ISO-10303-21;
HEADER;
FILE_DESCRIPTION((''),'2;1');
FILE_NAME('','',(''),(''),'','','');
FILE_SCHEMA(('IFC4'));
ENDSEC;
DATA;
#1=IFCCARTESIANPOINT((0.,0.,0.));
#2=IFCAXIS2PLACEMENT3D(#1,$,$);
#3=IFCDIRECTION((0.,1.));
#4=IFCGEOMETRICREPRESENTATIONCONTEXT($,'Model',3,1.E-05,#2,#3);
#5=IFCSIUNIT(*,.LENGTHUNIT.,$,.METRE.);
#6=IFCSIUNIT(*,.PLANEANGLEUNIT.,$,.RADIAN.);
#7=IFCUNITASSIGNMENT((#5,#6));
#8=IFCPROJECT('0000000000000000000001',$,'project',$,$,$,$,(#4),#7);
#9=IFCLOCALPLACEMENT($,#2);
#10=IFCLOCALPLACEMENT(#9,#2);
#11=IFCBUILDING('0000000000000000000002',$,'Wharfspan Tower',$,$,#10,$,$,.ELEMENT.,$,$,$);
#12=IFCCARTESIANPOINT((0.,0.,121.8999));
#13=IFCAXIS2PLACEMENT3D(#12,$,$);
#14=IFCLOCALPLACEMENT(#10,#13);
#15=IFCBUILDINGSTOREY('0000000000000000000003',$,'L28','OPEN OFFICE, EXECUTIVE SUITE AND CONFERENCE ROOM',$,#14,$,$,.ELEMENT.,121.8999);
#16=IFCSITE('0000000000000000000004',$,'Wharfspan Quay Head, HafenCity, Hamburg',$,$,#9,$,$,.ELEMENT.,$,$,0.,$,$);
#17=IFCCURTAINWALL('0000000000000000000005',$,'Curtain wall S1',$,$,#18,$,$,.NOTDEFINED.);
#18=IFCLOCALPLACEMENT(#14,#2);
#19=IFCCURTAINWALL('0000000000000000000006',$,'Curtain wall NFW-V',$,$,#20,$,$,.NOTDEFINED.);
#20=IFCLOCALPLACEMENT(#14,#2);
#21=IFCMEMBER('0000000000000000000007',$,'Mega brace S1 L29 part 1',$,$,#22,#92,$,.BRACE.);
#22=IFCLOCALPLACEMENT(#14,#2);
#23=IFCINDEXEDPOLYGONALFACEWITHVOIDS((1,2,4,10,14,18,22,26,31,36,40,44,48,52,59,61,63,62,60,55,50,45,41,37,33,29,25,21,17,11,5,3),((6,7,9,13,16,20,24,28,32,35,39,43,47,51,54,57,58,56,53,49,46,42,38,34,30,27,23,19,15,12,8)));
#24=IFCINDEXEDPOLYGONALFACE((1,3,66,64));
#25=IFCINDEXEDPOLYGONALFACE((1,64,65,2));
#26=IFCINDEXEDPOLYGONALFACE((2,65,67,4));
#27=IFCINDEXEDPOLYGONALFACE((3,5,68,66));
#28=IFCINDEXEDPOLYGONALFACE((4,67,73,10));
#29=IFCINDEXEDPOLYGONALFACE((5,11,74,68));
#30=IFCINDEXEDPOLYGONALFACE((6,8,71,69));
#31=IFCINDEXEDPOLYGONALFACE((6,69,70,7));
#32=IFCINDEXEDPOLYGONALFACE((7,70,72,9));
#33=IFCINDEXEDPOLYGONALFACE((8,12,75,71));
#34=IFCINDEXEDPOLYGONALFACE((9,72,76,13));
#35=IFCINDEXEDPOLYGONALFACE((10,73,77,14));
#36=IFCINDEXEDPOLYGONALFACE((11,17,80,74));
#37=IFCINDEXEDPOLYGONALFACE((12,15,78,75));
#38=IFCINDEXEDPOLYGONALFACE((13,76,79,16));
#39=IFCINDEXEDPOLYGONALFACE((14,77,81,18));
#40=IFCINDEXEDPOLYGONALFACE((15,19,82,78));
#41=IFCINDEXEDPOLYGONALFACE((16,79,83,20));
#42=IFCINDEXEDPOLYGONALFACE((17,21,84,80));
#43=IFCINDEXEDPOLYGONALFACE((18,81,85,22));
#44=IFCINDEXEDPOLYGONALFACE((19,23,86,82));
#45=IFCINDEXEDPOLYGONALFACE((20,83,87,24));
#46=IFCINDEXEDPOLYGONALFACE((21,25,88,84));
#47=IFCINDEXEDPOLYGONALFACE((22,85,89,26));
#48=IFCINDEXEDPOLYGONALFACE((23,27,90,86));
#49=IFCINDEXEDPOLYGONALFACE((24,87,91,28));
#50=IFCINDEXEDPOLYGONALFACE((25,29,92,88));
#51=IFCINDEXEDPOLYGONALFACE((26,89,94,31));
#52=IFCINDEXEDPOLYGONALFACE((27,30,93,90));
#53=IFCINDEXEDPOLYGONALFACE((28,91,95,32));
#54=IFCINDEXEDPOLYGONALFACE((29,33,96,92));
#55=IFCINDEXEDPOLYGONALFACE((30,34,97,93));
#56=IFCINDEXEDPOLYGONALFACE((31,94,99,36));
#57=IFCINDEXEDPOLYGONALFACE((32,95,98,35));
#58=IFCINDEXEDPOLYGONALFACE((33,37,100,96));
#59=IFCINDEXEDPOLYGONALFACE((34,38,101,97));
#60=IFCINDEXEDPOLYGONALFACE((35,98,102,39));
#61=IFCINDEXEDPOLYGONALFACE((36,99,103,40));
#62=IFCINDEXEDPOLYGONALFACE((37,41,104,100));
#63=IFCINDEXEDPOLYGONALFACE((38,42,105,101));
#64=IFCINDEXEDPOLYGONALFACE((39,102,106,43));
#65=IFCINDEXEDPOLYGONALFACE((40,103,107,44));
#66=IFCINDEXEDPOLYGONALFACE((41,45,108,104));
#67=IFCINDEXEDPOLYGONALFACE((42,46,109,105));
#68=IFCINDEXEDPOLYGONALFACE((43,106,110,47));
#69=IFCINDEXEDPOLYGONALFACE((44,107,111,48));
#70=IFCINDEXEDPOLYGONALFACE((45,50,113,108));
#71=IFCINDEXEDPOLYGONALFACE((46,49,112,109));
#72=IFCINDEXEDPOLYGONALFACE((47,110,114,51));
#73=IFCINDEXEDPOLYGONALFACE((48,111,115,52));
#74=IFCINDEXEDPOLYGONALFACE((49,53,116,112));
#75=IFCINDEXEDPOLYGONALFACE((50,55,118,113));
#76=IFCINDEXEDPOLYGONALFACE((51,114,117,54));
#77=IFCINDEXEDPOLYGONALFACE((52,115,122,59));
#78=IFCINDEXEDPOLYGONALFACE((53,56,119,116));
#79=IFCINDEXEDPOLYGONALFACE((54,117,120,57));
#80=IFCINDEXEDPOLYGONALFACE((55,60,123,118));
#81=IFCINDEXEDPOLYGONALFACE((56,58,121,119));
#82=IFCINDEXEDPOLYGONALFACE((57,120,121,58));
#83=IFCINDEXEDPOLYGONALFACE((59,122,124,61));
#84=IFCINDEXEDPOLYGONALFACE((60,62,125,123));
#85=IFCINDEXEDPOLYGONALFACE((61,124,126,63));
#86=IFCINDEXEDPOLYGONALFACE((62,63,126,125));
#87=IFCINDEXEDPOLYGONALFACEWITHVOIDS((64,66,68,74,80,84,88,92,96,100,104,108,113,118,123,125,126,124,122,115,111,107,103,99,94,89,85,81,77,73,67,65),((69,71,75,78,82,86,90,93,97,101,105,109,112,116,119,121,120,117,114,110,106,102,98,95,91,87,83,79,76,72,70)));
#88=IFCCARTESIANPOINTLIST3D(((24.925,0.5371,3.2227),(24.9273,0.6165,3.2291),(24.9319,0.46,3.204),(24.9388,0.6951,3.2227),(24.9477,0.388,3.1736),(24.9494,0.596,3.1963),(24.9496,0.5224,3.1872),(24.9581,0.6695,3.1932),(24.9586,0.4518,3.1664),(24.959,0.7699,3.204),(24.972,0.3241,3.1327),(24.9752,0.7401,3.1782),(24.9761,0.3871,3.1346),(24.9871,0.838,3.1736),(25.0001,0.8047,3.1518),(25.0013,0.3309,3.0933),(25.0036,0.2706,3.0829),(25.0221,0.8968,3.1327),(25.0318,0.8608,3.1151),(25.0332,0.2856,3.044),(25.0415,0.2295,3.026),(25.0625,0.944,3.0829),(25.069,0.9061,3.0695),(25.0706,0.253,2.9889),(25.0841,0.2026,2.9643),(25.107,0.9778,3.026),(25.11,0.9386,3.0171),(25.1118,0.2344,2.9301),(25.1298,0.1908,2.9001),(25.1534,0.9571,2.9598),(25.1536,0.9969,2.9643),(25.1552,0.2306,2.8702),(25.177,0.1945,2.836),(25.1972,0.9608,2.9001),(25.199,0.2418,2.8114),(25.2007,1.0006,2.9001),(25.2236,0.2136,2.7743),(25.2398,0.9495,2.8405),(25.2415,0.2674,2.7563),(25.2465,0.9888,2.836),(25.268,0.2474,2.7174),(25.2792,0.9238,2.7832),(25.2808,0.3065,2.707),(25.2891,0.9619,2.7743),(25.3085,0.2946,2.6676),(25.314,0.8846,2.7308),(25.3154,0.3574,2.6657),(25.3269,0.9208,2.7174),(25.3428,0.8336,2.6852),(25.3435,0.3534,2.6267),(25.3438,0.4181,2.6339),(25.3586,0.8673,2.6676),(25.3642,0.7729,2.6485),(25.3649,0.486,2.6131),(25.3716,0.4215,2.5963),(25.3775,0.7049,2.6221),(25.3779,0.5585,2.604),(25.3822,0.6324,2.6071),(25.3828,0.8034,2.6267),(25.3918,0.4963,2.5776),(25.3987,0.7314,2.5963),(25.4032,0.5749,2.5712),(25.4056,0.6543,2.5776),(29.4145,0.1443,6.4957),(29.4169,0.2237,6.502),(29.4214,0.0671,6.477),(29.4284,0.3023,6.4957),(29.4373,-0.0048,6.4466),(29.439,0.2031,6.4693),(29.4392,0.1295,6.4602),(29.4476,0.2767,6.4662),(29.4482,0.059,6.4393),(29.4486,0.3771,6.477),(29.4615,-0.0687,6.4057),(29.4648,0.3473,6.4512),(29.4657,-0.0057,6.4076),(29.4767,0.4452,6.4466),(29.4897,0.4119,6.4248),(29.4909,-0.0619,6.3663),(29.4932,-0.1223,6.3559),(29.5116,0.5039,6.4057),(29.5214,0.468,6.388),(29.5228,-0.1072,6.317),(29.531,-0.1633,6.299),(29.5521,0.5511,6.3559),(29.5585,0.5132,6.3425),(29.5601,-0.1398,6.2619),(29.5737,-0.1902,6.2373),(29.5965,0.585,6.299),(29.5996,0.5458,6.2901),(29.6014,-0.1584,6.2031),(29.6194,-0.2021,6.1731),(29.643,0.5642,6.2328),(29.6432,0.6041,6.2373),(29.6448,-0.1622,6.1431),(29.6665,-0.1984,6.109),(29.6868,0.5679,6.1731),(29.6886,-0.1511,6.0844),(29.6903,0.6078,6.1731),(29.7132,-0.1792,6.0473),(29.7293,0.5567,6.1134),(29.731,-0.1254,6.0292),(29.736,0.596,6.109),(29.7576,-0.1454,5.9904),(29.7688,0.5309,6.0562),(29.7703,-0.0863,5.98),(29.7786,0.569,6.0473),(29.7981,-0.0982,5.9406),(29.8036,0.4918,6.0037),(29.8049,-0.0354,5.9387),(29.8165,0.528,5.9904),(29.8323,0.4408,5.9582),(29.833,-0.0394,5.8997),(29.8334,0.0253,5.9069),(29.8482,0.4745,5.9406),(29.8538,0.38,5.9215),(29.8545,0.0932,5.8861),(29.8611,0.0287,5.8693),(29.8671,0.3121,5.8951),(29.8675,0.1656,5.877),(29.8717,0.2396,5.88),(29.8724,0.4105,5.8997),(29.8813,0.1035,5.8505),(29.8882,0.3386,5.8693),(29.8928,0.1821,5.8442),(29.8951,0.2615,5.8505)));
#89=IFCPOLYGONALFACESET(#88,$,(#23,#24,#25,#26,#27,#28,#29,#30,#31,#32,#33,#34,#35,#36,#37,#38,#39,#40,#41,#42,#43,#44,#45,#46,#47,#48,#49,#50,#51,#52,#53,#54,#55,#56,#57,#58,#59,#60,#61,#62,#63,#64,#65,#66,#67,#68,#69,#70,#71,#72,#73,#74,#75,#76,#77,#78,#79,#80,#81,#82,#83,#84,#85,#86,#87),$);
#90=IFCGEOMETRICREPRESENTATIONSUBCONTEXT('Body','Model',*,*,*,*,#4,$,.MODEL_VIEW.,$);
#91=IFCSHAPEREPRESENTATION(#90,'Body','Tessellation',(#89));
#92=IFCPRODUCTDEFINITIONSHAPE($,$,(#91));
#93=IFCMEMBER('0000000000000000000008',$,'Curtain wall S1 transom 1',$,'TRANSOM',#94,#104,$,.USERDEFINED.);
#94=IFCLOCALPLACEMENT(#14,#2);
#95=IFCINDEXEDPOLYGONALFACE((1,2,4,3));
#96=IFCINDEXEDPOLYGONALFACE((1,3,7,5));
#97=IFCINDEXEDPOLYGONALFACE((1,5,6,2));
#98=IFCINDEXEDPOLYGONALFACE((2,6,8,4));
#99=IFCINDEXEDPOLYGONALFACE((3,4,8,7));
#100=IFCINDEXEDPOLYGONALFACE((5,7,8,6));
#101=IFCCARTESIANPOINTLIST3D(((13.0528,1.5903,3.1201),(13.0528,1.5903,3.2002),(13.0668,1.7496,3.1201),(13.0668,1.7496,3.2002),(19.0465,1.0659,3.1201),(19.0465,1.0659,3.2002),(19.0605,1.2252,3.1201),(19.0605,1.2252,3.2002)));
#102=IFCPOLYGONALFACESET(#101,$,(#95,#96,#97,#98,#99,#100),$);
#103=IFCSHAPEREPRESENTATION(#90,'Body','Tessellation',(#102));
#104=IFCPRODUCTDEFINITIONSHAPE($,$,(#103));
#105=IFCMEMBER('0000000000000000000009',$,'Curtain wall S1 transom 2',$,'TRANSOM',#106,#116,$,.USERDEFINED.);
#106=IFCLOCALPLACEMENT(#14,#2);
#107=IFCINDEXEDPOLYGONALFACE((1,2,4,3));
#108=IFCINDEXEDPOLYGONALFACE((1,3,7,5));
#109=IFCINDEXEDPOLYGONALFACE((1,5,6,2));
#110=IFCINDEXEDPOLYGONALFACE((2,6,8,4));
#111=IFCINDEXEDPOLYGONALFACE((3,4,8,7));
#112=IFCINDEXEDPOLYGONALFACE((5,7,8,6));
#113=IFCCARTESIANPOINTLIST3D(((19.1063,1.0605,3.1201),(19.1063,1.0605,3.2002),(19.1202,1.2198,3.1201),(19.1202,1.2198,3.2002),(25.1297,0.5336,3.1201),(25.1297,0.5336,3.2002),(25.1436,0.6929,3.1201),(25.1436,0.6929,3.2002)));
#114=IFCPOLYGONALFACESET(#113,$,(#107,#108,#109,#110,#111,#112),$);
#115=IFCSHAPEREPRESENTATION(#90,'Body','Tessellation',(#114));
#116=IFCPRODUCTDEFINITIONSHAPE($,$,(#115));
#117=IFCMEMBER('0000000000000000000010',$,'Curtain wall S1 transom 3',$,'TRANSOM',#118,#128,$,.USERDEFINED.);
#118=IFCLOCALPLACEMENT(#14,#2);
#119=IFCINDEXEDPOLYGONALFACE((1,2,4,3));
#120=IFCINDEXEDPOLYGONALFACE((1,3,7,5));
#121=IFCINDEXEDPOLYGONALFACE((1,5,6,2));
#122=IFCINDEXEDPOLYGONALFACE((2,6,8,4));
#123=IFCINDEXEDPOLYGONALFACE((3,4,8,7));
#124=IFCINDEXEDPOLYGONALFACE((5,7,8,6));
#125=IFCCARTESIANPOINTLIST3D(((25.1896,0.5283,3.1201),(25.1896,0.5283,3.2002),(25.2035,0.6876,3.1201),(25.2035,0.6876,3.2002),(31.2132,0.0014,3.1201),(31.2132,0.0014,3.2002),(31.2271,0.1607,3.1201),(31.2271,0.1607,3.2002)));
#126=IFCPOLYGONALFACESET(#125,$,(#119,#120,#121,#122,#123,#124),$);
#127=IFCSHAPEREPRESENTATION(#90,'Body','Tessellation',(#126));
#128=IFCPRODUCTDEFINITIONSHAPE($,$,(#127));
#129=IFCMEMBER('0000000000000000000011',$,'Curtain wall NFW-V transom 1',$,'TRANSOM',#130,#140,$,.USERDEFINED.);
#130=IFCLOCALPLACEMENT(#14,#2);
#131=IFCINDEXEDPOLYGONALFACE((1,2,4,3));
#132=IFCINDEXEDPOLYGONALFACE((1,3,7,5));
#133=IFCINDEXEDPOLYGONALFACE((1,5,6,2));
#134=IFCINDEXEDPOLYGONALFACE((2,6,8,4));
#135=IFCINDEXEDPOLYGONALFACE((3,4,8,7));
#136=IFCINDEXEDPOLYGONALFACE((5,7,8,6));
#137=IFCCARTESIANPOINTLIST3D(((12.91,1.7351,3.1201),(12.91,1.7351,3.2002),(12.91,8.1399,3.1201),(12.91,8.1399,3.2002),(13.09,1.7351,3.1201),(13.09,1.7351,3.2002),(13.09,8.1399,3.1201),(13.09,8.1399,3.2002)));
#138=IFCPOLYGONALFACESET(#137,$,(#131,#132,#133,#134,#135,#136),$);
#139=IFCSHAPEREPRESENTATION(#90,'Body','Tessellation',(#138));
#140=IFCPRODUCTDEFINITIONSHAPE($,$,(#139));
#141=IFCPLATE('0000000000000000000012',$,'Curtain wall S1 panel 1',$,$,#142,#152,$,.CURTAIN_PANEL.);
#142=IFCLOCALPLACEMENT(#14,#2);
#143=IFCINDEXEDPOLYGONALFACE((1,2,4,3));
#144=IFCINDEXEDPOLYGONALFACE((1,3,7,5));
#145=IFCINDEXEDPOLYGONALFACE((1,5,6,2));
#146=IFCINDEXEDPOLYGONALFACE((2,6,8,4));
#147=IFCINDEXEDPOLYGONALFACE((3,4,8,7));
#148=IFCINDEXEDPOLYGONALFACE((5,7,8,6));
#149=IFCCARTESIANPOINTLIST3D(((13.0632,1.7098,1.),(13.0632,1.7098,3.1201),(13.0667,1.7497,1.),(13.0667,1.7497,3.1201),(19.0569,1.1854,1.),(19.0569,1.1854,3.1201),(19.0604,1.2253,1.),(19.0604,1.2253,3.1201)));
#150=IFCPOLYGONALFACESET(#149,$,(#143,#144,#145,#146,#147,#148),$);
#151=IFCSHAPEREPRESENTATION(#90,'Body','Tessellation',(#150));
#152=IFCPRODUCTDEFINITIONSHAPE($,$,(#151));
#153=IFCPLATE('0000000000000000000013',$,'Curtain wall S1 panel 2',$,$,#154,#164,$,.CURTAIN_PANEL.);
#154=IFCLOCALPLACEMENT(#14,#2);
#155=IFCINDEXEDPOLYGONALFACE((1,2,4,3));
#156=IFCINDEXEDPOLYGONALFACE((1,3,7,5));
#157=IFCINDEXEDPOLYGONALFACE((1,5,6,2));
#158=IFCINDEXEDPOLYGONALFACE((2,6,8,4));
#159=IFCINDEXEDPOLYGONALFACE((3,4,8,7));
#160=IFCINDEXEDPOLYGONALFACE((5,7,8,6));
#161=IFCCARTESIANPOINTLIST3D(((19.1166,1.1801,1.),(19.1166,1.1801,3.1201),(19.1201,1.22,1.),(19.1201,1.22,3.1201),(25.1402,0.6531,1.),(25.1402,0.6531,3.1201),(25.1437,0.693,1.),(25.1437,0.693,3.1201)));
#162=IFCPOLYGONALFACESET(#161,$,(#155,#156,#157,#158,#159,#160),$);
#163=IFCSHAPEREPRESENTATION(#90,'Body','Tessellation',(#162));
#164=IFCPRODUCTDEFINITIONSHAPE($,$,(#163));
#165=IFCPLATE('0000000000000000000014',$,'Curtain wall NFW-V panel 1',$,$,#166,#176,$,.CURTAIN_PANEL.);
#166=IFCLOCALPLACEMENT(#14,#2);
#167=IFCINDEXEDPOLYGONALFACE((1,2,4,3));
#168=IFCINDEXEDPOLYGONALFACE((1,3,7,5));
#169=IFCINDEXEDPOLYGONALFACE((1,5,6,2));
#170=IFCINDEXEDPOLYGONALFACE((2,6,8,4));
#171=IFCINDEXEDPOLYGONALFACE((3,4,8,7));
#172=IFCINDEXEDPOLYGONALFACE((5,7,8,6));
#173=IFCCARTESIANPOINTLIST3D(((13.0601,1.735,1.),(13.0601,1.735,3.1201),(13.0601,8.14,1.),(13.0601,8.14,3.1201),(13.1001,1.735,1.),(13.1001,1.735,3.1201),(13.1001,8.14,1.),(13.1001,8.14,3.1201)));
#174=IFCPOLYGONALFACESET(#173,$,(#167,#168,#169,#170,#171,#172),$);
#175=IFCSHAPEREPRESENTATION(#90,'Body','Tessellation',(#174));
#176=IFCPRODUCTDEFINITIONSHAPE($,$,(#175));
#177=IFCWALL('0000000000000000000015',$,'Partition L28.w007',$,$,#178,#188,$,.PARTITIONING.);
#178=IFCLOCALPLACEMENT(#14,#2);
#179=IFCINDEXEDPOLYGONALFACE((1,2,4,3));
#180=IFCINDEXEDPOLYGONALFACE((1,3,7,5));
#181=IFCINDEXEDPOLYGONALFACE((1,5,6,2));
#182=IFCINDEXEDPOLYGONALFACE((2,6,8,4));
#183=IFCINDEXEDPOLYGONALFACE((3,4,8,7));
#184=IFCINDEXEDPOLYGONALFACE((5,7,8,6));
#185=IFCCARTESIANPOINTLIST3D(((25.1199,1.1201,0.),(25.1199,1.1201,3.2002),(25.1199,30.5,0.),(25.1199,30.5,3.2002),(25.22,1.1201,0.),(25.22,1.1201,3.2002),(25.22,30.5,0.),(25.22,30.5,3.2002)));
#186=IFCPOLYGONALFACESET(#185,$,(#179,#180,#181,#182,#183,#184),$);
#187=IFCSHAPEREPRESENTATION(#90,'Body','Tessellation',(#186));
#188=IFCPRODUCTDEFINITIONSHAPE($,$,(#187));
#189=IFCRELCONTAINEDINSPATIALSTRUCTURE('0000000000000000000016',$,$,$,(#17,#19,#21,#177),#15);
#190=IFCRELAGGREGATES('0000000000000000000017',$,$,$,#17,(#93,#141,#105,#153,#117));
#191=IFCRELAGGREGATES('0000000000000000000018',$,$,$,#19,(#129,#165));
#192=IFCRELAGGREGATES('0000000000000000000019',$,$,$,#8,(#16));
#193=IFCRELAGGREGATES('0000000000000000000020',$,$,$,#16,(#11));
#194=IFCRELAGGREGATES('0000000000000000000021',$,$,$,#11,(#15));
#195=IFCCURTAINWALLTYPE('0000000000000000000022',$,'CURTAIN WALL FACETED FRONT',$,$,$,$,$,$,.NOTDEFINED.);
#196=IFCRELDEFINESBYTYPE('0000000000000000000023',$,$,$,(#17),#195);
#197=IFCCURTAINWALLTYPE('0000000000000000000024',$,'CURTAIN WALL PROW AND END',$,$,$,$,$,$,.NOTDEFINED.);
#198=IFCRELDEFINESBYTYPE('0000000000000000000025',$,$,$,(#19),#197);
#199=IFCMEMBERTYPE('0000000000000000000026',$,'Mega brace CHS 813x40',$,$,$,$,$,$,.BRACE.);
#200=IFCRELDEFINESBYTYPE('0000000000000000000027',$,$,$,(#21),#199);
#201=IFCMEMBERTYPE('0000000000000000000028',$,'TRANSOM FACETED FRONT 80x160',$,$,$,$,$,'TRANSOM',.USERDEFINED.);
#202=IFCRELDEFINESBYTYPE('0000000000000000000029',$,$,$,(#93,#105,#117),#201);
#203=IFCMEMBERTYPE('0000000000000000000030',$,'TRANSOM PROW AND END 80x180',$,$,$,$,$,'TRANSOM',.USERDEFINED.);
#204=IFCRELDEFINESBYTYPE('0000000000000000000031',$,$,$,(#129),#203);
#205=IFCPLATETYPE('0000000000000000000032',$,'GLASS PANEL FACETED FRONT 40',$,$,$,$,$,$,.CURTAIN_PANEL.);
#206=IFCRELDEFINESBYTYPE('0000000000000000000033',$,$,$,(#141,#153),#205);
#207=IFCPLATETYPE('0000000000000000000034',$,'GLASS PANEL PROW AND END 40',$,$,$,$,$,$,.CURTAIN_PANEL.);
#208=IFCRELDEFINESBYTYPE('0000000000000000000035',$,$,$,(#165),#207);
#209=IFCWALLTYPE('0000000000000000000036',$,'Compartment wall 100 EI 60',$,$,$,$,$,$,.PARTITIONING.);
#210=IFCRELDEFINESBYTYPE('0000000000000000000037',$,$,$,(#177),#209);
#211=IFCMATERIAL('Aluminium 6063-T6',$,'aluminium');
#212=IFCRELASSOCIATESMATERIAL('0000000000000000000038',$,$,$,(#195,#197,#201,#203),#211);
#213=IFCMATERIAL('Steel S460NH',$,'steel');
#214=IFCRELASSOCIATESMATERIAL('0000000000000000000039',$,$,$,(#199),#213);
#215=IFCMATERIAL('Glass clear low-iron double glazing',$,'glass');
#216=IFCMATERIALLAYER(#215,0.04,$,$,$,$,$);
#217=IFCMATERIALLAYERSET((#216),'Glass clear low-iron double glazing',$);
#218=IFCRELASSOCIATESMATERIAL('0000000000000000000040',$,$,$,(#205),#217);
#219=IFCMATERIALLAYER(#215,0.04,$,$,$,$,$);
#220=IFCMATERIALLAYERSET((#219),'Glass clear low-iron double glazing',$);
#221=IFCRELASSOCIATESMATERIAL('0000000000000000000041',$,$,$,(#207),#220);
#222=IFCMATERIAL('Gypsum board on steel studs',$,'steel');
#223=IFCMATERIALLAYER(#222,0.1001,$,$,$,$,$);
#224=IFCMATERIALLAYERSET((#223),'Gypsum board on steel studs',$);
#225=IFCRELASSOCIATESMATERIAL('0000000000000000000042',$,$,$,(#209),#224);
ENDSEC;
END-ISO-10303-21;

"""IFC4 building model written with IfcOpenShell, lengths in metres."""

from ifc_helpers import new_model, si_unit, direction, frame, frame_2d, origin, origin_2d, place, context, subcontext, project, spatial, rectangle, hollow_circle, extrude, material, layer, layer_set, material_profile, profile_set, type_object, element, aggregate, save


model = new_model("IFC4")

# Units and contexts
model_context = context("Model", 3, precision=1e-05, world=origin(), true_north=direction((0.0, 1.0)))
body_context = subcontext(model_context, "Body", "Model", "MODEL_VIEW")
ifc_project = project(units=[si_unit("LENGTHUNIT", "METRE"), si_unit("PLANEANGLEUNIT", "RADIAN")], contexts=[model_context])

# Site, building, storey
site_placement = place(None, origin())
site = spatial("IfcSite", under=ifc_project, at=site_placement, Name="Wharfspan Quay Head, HafenCity, Hamburg", CompositionType="ELEMENT", RefElevation=0.0)
building_placement = place(site_placement, origin())
building = spatial("IfcBuilding", under=site, at=building_placement, Name="Wharfspan Tower", CompositionType="ELEMENT")
storey_placement = place(building_placement, frame((0.0, 0.0, 121.8999)))
storey = spatial("IfcBuildingStorey", under=building, at=storey_placement, Name="L28", Description="OPEN OFFICE, EXECUTIVE SUITE AND CONFERENCE ROOM", CompositionType="ELEMENT", Elevation=121.8999)

# Curtain wall
ifc_material_1 = material(Name="Aluminium 6063-T6", Category="aluminium")
curtain_wall_type_1 = type_object("IfcCurtainWallType", Name="CURTAIN WALL FACETED FRONT", PredefinedType="NOTDEFINED", material=ifc_material_1)
curtain_wall_1_placement = place(storey_placement, origin())
curtain_wall_1 = element("IfcCurtainWall", 1, at=curtain_wall_1_placement, inside=storey, type_object=curtain_wall_type_1, Name="Curtain wall S1", PredefinedType="NOTDEFINED")

# Shared definitions
curtain_wall_type_2 = type_object("IfcCurtainWallType", Name="CURTAIN WALL PROW AND END", PredefinedType="NOTDEFINED", material=ifc_material_1)

# Curtain wall
curtain_wall_2_placement = place(storey_placement, origin())
curtain_wall_2 = element("IfcCurtainWall", 2, at=curtain_wall_2_placement, inside=storey, type_object=curtain_wall_type_2, Name="Curtain wall NFW-V", PredefinedType="NOTDEFINED")

# Members
ifc_material_2 = material(Name="Steel S460NH", Category="steel")
ifc_material_profile_1 = material_profile(ifc_material_2, hollow_circle(Radius=0.4065, WallThickness=0.04, at=origin_2d()))
ifc_profile_set_1 = profile_set([ifc_material_profile_1], Name="Steel S460NH")
member_type_1 = type_object("IfcMemberType", Name="Mega brace CHS 813x40", PredefinedType="BRACE", material=ifc_profile_set_1)
member_1_placement = place(storey_placement, frame((25.1653, 0.5957, 2.9001), z_axis=(0.806051, -0.070528, 0.587629), x_axis=(0.087168, 0.996193, -0.000004)))
element("IfcMember", 3, at=member_1_placement, inside=storey, type_object=member_type_1, Name="Mega brace S1 L29 part 1", PredefinedType="BRACE", context=body_context, shape_type="SweptSolid", body=[
    extrude(hollow_circle(Radius=0.4065, WallThickness=0.04, at=origin_2d()), origin(), (0.0, 0.0, 1.0), 5.5698),
])
ifc_material_profile_2 = material_profile(ifc_material_1, rectangle(XDim=0.1599, YDim=0.0801, at=origin_2d()))
ifc_profile_set_2 = profile_set([ifc_material_profile_2], Name="Aluminium 6063-T6")
member_type_2 = type_object("IfcMemberType", Name="TRANSOM FACETED FRONT 80x160", ElementType="TRANSOM", PredefinedType="USERDEFINED", material=ifc_profile_set_2)
member_2_placement = place(storey_placement, frame((13.0598, 1.6699, 3.1602), z_axis=(0.996194, -0.087162, 0.0), x_axis=(0.087162, 0.996194, 0.0)))
member_2 = element("IfcMember", 4, at=member_2_placement, type_object=member_type_2, Name="Curtain wall S1 transom 1", ObjectType="TRANSOM", PredefinedType="USERDEFINED", context=body_context, shape_type="SweptSolid", body=[
    extrude(rectangle(XDim=0.1599, YDim=0.0801, at=origin_2d()), origin(), (0.0, 0.0, 1.0), 6.0166),
])
member_3_placement = place(storey_placement, frame((19.1133, 1.1401, 3.1602), z_axis=(0.996197, -0.087135, 0.0), x_axis=(0.087135, 0.996197, 0.0)))
member_3 = element("IfcMember", 5, at=member_3_placement, type_object=member_type_2, Name="Curtain wall S1 transom 2", ObjectType="TRANSOM", PredefinedType="USERDEFINED", context=body_context, shape_type="SweptSolid", body=[
    extrude(rectangle(XDim=0.1599, YDim=0.0801, at=origin_2d()), origin(), (0.0, 0.0, 1.0), 6.0464),
])
member_4_placement = place(storey_placement, frame((25.1965, 0.6079, 3.1602), z_axis=(0.996197, -0.087131, 0.0), x_axis=(0.087131, 0.996197, 0.0)))
member_4 = element("IfcMember", 6, at=member_4_placement, type_object=member_type_2, Name="Curtain wall S1 transom 3", ObjectType="TRANSOM", PredefinedType="USERDEFINED", context=body_context, shape_type="SweptSolid", body=[
    extrude(rectangle(XDim=0.1599, YDim=0.0801, at=origin_2d()), origin(), (0.0, 0.0, 1.0), 6.0466),
])
ifc_material_profile_3 = material_profile(ifc_material_1, rectangle(XDim=0.1799, YDim=0.0801, at=origin_2d()))
ifc_profile_set_3 = profile_set([ifc_material_profile_3], Name="Aluminium 6063-T6")
member_type_3 = type_object("IfcMemberType", Name="TRANSOM PROW AND END 80x180", ElementType="TRANSOM", PredefinedType="USERDEFINED", material=ifc_profile_set_3)
member_5_placement = place(storey_placement, frame((13.0, 8.1399, 3.1602), z_axis=(0.0, -1.0, 0.0), x_axis=(1.0, 0.0, 0.0)))
member_5 = element("IfcMember", 7, at=member_5_placement, type_object=member_type_3, Name="Curtain wall NFW-V transom 1", ObjectType="TRANSOM", PredefinedType="USERDEFINED", context=body_context, shape_type="SweptSolid", body=[
    extrude(rectangle(XDim=0.1799, YDim=0.0801, at=origin_2d()), origin(), (0.0, 0.0, 1.0), 6.4048),
])

# Plates
ifc_material_3 = material(Name="Glass clear low-iron double glazing", Category="glass")
ifc_layer_1 = layer(ifc_material_3, 0.04)
ifc_layer_set_1 = layer_set([ifc_layer_1], Name="Glass clear low-iron double glazing")
plate_type_1 = type_object("IfcPlateType", Name="GLASS PANEL FACETED FRONT 40", PredefinedType="CURTAIN_PANEL", material=ifc_layer_set_1)
plate_1_placement = place(storey_placement, frame((16.0618, 1.4675, 1.0), z_axis=(0.0, 0.0, 1.0), x_axis=(0.996198, -0.087156, 0.0)))
plate_1 = element("IfcPlate", 8, at=plate_1_placement, type_object=plate_type_1, Name="Curtain wall S1 panel 1", PredefinedType="CURTAIN_PANEL", context=body_context, shape_type="SweptSolid", body=[
    extrude(rectangle(XDim=6.0166, YDim=0.04, at=origin_2d()), origin(), (0.0, 0.0, 1.0), 2.1201),
])
plate_2_placement = place(storey_placement, frame((22.1301, 0.9365, 1.0), z_axis=(0.0, 0.0, 1.0), x_axis=(0.996198, -0.087156, 0.0)))
plate_2 = element("IfcPlate", 9, at=plate_2_placement, type_object=plate_type_1, Name="Curtain wall S1 panel 2", PredefinedType="CURTAIN_PANEL", context=body_context, shape_type="SweptSolid", body=[
    extrude(rectangle(XDim=6.0466, YDim=0.04, at=origin_2d()), origin(), (0.0, 0.0, 1.0), 2.1201),
])
aggregate(curtain_wall_1, [member_2, plate_1, member_3, plate_2, member_4])
ifc_layer_2 = layer(ifc_material_3, 0.04)
ifc_layer_set_2 = layer_set([ifc_layer_2], Name="Glass clear low-iron double glazing")
plate_type_2 = type_object("IfcPlateType", Name="GLASS PANEL PROW AND END 40", PredefinedType="CURTAIN_PANEL", material=ifc_layer_set_2)
plate_3_placement = place(storey_placement, frame((13.0801, 4.9375, 1.0), z_axis=(0.0, 0.0, 1.0), x_axis=(0.0, -1.0, 0.0)))
plate_3 = element("IfcPlate", 10, at=plate_3_placement, type_object=plate_type_2, Name="Curtain wall NFW-V panel 1", PredefinedType="CURTAIN_PANEL", context=body_context, shape_type="SweptSolid", body=[
    extrude(rectangle(XDim=6.405, YDim=0.04, at=origin_2d()), origin(), (0.0, 0.0, 1.0), 2.1201),
])
aggregate(curtain_wall_2, [member_5, plate_3])

# Wall
ifc_material_4 = material(Name="Gypsum board on steel studs", Category="steel")
ifc_layer_3 = layer(ifc_material_4, 0.1001)
ifc_layer_set_3 = layer_set([ifc_layer_3], Name="Gypsum board on steel studs")
wall_type_1 = type_object("IfcWallType", Name="Compartment wall 100 EI 60", PredefinedType="PARTITIONING", material=ifc_layer_set_3)
wall_1_placement = place(storey_placement, frame((25.1699, 1.1201, 0.0), z_axis=(0.0, 0.0, 1.0), x_axis=(0.0, 1.0, 0.0)))
element("IfcWall", 11, at=wall_1_placement, inside=storey, type_object=wall_type_1, Name="Partition L28.w007", PredefinedType="PARTITIONING", context=body_context, shape_type="SweptSolid", body=[
    extrude(rectangle(XDim=29.3799, YDim=0.1001, at=frame_2d((14.6899, 0.0))), origin(), (0.0, 0.0, 1.0), 3.2002),
])

save(model, "model.ifc")
